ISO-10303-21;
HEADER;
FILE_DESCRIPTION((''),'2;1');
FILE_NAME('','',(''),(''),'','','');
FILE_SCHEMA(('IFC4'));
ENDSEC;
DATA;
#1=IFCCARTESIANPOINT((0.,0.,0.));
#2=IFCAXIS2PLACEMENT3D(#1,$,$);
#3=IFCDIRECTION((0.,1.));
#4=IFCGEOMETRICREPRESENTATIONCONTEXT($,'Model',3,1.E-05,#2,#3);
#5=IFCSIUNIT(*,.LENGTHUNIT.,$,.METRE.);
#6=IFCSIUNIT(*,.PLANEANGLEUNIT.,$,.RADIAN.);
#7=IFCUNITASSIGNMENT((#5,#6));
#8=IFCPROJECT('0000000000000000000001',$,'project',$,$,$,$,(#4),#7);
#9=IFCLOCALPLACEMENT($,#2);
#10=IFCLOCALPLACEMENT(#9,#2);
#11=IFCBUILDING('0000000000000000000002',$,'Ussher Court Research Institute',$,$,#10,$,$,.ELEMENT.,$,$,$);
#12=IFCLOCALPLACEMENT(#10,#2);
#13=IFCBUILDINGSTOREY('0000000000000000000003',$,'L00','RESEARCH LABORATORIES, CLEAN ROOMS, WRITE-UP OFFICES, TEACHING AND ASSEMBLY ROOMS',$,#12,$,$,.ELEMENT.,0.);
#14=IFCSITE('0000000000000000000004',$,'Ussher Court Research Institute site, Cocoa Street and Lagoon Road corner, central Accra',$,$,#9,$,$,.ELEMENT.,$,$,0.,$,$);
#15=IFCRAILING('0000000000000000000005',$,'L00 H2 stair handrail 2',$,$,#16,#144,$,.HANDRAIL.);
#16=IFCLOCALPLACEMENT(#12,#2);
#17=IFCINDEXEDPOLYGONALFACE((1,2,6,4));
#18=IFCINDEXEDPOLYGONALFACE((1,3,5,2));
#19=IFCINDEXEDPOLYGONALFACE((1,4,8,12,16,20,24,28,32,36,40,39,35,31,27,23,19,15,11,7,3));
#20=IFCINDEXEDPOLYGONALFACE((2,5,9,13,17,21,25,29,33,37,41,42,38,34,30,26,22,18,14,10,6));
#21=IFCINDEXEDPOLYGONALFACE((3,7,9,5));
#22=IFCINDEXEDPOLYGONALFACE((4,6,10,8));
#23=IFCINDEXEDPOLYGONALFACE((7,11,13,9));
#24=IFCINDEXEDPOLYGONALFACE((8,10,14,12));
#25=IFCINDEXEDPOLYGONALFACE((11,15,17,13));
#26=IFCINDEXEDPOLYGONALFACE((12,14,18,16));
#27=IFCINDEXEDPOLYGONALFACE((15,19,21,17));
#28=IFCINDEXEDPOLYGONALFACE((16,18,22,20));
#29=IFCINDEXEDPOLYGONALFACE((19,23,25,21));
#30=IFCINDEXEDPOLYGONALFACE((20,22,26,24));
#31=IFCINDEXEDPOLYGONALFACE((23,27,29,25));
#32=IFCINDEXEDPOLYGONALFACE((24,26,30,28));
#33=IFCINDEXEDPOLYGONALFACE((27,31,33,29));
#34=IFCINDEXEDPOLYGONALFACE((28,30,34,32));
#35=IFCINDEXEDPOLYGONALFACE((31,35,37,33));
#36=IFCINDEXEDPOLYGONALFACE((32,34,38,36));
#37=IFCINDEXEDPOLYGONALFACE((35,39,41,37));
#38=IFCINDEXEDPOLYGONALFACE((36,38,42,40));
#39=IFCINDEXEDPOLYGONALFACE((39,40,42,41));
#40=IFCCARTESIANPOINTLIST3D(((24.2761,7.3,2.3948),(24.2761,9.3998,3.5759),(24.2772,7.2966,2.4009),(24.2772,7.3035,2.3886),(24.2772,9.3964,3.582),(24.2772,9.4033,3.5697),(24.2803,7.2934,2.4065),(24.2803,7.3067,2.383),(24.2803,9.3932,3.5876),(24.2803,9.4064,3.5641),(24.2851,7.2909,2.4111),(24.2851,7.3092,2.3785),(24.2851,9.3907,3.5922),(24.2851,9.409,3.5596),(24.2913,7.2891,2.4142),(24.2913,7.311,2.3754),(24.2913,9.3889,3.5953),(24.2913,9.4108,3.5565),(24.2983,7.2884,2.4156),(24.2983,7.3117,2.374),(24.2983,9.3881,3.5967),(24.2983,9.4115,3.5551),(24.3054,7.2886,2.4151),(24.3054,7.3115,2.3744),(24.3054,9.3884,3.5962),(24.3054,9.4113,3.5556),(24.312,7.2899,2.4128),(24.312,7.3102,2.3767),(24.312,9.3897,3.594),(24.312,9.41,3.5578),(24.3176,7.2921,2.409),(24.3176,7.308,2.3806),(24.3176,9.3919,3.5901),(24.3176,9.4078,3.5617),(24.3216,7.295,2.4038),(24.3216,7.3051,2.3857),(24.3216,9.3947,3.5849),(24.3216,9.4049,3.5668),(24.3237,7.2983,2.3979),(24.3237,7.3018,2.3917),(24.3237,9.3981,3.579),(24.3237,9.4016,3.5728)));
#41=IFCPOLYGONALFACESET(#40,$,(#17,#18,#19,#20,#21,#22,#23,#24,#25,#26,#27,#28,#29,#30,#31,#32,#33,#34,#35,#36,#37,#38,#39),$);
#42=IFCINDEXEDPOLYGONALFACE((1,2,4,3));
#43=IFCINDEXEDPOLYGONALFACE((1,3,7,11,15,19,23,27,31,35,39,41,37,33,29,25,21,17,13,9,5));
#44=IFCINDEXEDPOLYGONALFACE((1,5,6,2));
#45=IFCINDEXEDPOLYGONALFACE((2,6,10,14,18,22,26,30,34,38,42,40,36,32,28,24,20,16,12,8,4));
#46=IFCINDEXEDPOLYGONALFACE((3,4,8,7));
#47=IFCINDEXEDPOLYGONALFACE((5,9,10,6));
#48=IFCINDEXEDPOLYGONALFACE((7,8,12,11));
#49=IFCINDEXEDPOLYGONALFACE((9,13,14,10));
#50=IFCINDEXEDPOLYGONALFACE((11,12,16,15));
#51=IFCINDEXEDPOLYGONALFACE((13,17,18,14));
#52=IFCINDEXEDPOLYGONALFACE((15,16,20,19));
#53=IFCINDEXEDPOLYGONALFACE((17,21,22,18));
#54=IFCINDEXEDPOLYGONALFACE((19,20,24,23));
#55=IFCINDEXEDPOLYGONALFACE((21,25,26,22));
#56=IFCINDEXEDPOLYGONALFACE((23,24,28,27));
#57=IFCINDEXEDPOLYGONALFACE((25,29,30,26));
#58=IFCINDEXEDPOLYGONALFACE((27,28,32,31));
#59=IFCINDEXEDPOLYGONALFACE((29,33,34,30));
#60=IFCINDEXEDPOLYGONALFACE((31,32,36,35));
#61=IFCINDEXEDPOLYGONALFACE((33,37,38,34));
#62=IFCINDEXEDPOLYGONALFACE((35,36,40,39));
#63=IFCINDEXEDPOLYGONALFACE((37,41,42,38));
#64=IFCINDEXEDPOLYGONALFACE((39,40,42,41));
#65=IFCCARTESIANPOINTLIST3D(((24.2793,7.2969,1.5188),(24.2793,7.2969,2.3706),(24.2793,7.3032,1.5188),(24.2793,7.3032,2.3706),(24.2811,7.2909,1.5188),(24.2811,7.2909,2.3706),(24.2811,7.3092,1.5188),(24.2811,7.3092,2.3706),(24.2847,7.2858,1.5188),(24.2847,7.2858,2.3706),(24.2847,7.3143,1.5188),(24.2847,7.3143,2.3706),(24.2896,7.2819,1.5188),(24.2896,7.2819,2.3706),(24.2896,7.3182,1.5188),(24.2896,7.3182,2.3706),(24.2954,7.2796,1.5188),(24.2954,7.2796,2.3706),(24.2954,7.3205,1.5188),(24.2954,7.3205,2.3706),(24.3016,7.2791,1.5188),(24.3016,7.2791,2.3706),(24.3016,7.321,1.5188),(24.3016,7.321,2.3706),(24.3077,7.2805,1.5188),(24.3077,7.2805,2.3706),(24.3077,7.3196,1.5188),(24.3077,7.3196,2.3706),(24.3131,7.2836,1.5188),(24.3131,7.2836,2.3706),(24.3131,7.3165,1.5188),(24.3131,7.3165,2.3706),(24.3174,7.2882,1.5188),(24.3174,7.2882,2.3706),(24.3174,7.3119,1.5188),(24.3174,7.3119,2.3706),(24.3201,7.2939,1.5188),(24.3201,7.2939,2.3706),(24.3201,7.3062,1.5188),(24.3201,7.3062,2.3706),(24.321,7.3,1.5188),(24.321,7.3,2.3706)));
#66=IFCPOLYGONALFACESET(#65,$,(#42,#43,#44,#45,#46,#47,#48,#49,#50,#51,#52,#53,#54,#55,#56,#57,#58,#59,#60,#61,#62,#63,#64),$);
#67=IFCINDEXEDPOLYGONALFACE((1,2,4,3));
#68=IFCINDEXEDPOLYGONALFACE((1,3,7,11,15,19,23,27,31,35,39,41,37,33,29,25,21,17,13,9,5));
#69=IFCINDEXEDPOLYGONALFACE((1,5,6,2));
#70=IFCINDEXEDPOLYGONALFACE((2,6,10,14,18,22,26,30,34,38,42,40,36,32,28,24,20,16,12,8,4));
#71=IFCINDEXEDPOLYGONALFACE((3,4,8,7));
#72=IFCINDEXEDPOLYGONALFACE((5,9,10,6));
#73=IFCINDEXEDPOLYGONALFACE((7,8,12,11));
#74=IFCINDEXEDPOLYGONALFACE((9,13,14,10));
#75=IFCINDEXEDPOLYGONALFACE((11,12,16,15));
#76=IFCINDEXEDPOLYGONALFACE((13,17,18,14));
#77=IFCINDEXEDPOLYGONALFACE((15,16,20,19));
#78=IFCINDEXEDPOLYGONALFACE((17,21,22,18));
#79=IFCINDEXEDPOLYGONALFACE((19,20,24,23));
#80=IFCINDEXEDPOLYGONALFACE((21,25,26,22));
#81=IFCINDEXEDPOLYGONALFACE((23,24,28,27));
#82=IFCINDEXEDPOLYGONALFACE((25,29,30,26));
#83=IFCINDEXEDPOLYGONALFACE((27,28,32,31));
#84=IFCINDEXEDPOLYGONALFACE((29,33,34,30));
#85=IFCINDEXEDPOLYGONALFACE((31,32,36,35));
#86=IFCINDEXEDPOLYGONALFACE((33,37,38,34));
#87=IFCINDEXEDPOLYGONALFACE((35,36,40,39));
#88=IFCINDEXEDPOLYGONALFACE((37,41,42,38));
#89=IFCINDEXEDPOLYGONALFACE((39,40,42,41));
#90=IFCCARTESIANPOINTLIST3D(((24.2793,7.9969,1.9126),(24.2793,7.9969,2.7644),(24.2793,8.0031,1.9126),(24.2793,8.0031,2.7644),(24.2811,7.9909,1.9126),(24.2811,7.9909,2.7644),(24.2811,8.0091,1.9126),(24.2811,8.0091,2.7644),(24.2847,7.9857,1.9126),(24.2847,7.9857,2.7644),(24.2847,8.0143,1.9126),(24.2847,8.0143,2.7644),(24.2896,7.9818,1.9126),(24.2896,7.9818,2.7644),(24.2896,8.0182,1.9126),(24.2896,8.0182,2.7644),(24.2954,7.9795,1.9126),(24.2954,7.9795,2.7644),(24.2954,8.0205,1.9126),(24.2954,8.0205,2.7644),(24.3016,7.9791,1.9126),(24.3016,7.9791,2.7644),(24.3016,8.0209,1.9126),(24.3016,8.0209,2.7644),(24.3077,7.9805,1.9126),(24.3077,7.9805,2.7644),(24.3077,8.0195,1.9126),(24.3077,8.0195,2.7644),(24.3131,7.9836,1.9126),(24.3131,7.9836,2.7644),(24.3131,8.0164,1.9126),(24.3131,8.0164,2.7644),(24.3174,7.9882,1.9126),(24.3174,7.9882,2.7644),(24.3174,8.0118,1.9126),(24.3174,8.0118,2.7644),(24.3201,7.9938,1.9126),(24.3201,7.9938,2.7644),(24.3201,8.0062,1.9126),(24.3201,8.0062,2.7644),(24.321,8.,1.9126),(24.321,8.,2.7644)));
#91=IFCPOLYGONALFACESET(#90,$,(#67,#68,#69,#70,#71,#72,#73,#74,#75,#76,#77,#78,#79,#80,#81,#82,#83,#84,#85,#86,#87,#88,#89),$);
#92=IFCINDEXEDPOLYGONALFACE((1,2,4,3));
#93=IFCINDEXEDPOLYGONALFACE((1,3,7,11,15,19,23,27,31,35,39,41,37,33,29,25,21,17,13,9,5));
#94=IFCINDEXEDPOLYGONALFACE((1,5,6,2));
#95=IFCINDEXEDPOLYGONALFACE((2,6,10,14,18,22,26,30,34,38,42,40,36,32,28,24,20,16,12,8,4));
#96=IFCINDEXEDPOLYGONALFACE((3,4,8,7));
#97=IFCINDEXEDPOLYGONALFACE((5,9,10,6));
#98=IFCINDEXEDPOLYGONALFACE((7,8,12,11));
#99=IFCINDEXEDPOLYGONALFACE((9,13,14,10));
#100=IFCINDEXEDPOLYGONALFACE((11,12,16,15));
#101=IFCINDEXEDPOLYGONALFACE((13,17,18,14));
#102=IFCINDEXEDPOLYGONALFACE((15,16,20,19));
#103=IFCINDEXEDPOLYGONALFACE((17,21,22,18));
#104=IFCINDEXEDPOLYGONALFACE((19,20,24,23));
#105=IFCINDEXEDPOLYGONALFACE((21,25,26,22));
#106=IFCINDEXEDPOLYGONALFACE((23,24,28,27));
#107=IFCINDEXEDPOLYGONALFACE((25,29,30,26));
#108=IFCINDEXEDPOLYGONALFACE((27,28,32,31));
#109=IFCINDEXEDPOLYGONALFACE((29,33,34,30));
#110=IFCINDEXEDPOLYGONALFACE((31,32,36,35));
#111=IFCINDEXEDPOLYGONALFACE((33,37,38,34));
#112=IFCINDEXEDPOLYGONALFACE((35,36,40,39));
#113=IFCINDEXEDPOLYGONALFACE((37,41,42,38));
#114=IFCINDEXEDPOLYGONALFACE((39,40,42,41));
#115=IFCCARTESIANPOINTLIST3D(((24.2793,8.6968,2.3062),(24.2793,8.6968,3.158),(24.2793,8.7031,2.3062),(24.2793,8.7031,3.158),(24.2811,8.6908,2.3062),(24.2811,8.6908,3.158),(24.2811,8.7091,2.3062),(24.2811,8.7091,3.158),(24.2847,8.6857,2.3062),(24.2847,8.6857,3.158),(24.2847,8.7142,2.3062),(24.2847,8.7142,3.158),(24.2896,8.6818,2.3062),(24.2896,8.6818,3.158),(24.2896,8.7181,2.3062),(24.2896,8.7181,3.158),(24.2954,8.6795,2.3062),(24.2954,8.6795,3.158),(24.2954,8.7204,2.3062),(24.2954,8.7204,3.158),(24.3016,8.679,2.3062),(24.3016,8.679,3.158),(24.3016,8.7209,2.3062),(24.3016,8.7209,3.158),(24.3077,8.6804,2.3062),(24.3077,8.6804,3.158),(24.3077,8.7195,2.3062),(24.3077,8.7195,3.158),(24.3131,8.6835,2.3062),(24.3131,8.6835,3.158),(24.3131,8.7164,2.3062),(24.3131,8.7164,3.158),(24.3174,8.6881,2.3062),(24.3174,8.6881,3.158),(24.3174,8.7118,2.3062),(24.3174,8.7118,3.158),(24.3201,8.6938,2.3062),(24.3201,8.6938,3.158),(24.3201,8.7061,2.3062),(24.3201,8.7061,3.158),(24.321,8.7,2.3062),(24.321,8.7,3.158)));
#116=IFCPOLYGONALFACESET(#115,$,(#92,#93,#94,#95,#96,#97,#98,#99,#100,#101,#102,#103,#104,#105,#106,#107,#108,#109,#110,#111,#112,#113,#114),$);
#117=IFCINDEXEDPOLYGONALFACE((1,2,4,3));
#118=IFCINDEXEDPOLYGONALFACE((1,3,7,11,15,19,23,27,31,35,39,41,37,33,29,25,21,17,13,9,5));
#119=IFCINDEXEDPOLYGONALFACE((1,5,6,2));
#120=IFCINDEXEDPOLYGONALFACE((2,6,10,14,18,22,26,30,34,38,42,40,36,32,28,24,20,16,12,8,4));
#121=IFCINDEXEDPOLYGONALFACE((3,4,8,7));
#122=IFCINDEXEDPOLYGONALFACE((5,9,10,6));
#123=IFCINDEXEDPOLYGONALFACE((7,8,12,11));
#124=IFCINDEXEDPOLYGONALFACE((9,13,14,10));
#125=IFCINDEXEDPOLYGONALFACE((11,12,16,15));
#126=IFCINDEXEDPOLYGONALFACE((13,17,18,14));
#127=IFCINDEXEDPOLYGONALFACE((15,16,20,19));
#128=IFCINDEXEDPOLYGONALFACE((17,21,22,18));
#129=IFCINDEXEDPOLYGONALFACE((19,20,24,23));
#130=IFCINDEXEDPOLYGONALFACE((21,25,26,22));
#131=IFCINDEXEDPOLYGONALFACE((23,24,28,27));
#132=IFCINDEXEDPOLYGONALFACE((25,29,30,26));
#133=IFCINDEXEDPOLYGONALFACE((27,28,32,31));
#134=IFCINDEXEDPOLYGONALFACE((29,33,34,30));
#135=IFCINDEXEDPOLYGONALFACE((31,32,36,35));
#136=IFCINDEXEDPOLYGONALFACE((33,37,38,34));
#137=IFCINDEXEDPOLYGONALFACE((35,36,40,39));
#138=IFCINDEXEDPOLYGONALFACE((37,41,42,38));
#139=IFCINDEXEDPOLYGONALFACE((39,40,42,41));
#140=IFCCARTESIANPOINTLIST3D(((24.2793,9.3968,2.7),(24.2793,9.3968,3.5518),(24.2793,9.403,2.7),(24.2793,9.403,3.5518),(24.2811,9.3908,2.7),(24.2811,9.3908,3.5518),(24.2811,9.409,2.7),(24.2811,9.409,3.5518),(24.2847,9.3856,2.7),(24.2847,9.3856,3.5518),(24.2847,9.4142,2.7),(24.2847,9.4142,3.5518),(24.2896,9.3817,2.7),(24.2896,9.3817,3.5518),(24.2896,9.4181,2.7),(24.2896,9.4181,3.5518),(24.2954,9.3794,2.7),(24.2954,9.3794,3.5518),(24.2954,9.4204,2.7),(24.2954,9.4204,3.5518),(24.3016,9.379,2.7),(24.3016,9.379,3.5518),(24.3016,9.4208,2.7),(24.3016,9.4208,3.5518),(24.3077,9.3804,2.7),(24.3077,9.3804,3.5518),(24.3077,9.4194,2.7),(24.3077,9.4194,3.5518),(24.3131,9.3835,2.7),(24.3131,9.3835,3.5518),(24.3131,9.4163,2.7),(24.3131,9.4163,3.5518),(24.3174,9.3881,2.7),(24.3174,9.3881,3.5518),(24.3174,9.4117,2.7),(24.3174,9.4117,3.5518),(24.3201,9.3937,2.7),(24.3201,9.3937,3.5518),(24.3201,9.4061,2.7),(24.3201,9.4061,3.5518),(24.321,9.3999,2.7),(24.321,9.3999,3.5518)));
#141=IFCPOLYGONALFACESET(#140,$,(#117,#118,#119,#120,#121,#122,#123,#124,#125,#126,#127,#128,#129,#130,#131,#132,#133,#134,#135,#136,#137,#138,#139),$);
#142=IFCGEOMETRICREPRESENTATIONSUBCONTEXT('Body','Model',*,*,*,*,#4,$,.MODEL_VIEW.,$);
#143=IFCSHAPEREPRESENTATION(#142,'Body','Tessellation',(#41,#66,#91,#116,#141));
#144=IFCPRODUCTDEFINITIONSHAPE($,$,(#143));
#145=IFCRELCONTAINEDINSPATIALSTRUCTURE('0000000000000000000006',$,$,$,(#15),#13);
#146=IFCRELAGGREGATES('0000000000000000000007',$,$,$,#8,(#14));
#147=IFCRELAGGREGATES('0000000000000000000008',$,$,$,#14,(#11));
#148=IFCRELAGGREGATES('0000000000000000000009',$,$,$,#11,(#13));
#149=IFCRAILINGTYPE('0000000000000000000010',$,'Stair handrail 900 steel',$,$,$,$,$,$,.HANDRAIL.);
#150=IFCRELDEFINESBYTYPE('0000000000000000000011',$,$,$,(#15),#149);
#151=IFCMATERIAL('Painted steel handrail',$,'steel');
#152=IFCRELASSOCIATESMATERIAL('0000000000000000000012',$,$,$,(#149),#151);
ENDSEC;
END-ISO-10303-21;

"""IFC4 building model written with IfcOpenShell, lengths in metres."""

from ifc_helpers import new_model, si_unit, direction, frame, origin, origin_2d, place, context, subcontext, project, spatial, circle, extrude, material, type_object, element, save


model = new_model("IFC4")

# Units and contexts
model_context = context("Model", 3, precision=1e-05, world=origin(), true_north=direction((0.0, 1.0)))
body_context = subcontext(model_context, "Body", "Model", "MODEL_VIEW")
ifc_project = project(units=[si_unit("LENGTHUNIT", "METRE"), si_unit("PLANEANGLEUNIT", "RADIAN")], contexts=[model_context])

# Site, building, storey
site_placement = place(None, origin())
site = spatial("IfcSite", under=ifc_project, at=site_placement, Name="Ussher Court Research Institute site, Cocoa Street and Lagoon Road corner, central Accra", CompositionType="ELEMENT", RefElevation=0.0)
building_placement = place(site_placement, origin())
building = spatial("IfcBuilding", under=site, at=building_placement, Name="Ussher Court Research Institute", CompositionType="ELEMENT")
storey_placement = place(building_placement, origin())
storey = spatial("IfcBuildingStorey", under=building, at=storey_placement, Name="L00", Description="RESEARCH LABORATORIES, CLEAN ROOMS, WRITE-UP OFFICES, TEACHING AND ASSEMBLY ROOMS", CompositionType="ELEMENT", Elevation=0.0)

# Railing
ifc_material_1 = material(Name="Painted steel handrail", Category="steel")
railing_type_1 = type_object("IfcRailingType", Name="Stair handrail 900 steel", PredefinedType="HANDRAIL", material=ifc_material_1)
for number, where, name in (
    (1, (24.3, 7.3, 1.5188), "L00 H2 stair handrail 2"),
):
    element("IfcRailing", number, at=place(storey_placement, frame(where)), inside=storey, type_object=railing_type_1, Name=name, PredefinedType="HANDRAIL", context=body_context, shape_type="SweptSolid", body=[
        extrude(circle(Radius=0.0239, at=origin_2d()), frame((0.0, 0.0, 0.876), z_axis=(0.0, 0.871578, 0.490256), x_axis=(-1.0, 0.0, 0.0)), (0.0, 0.0, 1.0), 2.4092),
        extrude(circle(Radius=0.021, at=origin_2d()), origin(), (0.0, 0.0, 1.0), 0.8518),
        extrude(circle(Radius=0.021, at=origin_2d()), frame((0.0, 0.7, 0.3938)), (0.0, 0.0, 1.0), 0.8518),
        extrude(circle(Radius=0.021, at=origin_2d()), frame((0.0, 1.3999, 0.7874)), (0.0, 0.0, 1.0), 0.8518),
        extrude(circle(Radius=0.021, at=origin_2d()), frame((0.0, 2.0999, 1.1812)), (0.0, 0.0, 1.0), 0.8518),
    ])

save(model, "model.ifc")
